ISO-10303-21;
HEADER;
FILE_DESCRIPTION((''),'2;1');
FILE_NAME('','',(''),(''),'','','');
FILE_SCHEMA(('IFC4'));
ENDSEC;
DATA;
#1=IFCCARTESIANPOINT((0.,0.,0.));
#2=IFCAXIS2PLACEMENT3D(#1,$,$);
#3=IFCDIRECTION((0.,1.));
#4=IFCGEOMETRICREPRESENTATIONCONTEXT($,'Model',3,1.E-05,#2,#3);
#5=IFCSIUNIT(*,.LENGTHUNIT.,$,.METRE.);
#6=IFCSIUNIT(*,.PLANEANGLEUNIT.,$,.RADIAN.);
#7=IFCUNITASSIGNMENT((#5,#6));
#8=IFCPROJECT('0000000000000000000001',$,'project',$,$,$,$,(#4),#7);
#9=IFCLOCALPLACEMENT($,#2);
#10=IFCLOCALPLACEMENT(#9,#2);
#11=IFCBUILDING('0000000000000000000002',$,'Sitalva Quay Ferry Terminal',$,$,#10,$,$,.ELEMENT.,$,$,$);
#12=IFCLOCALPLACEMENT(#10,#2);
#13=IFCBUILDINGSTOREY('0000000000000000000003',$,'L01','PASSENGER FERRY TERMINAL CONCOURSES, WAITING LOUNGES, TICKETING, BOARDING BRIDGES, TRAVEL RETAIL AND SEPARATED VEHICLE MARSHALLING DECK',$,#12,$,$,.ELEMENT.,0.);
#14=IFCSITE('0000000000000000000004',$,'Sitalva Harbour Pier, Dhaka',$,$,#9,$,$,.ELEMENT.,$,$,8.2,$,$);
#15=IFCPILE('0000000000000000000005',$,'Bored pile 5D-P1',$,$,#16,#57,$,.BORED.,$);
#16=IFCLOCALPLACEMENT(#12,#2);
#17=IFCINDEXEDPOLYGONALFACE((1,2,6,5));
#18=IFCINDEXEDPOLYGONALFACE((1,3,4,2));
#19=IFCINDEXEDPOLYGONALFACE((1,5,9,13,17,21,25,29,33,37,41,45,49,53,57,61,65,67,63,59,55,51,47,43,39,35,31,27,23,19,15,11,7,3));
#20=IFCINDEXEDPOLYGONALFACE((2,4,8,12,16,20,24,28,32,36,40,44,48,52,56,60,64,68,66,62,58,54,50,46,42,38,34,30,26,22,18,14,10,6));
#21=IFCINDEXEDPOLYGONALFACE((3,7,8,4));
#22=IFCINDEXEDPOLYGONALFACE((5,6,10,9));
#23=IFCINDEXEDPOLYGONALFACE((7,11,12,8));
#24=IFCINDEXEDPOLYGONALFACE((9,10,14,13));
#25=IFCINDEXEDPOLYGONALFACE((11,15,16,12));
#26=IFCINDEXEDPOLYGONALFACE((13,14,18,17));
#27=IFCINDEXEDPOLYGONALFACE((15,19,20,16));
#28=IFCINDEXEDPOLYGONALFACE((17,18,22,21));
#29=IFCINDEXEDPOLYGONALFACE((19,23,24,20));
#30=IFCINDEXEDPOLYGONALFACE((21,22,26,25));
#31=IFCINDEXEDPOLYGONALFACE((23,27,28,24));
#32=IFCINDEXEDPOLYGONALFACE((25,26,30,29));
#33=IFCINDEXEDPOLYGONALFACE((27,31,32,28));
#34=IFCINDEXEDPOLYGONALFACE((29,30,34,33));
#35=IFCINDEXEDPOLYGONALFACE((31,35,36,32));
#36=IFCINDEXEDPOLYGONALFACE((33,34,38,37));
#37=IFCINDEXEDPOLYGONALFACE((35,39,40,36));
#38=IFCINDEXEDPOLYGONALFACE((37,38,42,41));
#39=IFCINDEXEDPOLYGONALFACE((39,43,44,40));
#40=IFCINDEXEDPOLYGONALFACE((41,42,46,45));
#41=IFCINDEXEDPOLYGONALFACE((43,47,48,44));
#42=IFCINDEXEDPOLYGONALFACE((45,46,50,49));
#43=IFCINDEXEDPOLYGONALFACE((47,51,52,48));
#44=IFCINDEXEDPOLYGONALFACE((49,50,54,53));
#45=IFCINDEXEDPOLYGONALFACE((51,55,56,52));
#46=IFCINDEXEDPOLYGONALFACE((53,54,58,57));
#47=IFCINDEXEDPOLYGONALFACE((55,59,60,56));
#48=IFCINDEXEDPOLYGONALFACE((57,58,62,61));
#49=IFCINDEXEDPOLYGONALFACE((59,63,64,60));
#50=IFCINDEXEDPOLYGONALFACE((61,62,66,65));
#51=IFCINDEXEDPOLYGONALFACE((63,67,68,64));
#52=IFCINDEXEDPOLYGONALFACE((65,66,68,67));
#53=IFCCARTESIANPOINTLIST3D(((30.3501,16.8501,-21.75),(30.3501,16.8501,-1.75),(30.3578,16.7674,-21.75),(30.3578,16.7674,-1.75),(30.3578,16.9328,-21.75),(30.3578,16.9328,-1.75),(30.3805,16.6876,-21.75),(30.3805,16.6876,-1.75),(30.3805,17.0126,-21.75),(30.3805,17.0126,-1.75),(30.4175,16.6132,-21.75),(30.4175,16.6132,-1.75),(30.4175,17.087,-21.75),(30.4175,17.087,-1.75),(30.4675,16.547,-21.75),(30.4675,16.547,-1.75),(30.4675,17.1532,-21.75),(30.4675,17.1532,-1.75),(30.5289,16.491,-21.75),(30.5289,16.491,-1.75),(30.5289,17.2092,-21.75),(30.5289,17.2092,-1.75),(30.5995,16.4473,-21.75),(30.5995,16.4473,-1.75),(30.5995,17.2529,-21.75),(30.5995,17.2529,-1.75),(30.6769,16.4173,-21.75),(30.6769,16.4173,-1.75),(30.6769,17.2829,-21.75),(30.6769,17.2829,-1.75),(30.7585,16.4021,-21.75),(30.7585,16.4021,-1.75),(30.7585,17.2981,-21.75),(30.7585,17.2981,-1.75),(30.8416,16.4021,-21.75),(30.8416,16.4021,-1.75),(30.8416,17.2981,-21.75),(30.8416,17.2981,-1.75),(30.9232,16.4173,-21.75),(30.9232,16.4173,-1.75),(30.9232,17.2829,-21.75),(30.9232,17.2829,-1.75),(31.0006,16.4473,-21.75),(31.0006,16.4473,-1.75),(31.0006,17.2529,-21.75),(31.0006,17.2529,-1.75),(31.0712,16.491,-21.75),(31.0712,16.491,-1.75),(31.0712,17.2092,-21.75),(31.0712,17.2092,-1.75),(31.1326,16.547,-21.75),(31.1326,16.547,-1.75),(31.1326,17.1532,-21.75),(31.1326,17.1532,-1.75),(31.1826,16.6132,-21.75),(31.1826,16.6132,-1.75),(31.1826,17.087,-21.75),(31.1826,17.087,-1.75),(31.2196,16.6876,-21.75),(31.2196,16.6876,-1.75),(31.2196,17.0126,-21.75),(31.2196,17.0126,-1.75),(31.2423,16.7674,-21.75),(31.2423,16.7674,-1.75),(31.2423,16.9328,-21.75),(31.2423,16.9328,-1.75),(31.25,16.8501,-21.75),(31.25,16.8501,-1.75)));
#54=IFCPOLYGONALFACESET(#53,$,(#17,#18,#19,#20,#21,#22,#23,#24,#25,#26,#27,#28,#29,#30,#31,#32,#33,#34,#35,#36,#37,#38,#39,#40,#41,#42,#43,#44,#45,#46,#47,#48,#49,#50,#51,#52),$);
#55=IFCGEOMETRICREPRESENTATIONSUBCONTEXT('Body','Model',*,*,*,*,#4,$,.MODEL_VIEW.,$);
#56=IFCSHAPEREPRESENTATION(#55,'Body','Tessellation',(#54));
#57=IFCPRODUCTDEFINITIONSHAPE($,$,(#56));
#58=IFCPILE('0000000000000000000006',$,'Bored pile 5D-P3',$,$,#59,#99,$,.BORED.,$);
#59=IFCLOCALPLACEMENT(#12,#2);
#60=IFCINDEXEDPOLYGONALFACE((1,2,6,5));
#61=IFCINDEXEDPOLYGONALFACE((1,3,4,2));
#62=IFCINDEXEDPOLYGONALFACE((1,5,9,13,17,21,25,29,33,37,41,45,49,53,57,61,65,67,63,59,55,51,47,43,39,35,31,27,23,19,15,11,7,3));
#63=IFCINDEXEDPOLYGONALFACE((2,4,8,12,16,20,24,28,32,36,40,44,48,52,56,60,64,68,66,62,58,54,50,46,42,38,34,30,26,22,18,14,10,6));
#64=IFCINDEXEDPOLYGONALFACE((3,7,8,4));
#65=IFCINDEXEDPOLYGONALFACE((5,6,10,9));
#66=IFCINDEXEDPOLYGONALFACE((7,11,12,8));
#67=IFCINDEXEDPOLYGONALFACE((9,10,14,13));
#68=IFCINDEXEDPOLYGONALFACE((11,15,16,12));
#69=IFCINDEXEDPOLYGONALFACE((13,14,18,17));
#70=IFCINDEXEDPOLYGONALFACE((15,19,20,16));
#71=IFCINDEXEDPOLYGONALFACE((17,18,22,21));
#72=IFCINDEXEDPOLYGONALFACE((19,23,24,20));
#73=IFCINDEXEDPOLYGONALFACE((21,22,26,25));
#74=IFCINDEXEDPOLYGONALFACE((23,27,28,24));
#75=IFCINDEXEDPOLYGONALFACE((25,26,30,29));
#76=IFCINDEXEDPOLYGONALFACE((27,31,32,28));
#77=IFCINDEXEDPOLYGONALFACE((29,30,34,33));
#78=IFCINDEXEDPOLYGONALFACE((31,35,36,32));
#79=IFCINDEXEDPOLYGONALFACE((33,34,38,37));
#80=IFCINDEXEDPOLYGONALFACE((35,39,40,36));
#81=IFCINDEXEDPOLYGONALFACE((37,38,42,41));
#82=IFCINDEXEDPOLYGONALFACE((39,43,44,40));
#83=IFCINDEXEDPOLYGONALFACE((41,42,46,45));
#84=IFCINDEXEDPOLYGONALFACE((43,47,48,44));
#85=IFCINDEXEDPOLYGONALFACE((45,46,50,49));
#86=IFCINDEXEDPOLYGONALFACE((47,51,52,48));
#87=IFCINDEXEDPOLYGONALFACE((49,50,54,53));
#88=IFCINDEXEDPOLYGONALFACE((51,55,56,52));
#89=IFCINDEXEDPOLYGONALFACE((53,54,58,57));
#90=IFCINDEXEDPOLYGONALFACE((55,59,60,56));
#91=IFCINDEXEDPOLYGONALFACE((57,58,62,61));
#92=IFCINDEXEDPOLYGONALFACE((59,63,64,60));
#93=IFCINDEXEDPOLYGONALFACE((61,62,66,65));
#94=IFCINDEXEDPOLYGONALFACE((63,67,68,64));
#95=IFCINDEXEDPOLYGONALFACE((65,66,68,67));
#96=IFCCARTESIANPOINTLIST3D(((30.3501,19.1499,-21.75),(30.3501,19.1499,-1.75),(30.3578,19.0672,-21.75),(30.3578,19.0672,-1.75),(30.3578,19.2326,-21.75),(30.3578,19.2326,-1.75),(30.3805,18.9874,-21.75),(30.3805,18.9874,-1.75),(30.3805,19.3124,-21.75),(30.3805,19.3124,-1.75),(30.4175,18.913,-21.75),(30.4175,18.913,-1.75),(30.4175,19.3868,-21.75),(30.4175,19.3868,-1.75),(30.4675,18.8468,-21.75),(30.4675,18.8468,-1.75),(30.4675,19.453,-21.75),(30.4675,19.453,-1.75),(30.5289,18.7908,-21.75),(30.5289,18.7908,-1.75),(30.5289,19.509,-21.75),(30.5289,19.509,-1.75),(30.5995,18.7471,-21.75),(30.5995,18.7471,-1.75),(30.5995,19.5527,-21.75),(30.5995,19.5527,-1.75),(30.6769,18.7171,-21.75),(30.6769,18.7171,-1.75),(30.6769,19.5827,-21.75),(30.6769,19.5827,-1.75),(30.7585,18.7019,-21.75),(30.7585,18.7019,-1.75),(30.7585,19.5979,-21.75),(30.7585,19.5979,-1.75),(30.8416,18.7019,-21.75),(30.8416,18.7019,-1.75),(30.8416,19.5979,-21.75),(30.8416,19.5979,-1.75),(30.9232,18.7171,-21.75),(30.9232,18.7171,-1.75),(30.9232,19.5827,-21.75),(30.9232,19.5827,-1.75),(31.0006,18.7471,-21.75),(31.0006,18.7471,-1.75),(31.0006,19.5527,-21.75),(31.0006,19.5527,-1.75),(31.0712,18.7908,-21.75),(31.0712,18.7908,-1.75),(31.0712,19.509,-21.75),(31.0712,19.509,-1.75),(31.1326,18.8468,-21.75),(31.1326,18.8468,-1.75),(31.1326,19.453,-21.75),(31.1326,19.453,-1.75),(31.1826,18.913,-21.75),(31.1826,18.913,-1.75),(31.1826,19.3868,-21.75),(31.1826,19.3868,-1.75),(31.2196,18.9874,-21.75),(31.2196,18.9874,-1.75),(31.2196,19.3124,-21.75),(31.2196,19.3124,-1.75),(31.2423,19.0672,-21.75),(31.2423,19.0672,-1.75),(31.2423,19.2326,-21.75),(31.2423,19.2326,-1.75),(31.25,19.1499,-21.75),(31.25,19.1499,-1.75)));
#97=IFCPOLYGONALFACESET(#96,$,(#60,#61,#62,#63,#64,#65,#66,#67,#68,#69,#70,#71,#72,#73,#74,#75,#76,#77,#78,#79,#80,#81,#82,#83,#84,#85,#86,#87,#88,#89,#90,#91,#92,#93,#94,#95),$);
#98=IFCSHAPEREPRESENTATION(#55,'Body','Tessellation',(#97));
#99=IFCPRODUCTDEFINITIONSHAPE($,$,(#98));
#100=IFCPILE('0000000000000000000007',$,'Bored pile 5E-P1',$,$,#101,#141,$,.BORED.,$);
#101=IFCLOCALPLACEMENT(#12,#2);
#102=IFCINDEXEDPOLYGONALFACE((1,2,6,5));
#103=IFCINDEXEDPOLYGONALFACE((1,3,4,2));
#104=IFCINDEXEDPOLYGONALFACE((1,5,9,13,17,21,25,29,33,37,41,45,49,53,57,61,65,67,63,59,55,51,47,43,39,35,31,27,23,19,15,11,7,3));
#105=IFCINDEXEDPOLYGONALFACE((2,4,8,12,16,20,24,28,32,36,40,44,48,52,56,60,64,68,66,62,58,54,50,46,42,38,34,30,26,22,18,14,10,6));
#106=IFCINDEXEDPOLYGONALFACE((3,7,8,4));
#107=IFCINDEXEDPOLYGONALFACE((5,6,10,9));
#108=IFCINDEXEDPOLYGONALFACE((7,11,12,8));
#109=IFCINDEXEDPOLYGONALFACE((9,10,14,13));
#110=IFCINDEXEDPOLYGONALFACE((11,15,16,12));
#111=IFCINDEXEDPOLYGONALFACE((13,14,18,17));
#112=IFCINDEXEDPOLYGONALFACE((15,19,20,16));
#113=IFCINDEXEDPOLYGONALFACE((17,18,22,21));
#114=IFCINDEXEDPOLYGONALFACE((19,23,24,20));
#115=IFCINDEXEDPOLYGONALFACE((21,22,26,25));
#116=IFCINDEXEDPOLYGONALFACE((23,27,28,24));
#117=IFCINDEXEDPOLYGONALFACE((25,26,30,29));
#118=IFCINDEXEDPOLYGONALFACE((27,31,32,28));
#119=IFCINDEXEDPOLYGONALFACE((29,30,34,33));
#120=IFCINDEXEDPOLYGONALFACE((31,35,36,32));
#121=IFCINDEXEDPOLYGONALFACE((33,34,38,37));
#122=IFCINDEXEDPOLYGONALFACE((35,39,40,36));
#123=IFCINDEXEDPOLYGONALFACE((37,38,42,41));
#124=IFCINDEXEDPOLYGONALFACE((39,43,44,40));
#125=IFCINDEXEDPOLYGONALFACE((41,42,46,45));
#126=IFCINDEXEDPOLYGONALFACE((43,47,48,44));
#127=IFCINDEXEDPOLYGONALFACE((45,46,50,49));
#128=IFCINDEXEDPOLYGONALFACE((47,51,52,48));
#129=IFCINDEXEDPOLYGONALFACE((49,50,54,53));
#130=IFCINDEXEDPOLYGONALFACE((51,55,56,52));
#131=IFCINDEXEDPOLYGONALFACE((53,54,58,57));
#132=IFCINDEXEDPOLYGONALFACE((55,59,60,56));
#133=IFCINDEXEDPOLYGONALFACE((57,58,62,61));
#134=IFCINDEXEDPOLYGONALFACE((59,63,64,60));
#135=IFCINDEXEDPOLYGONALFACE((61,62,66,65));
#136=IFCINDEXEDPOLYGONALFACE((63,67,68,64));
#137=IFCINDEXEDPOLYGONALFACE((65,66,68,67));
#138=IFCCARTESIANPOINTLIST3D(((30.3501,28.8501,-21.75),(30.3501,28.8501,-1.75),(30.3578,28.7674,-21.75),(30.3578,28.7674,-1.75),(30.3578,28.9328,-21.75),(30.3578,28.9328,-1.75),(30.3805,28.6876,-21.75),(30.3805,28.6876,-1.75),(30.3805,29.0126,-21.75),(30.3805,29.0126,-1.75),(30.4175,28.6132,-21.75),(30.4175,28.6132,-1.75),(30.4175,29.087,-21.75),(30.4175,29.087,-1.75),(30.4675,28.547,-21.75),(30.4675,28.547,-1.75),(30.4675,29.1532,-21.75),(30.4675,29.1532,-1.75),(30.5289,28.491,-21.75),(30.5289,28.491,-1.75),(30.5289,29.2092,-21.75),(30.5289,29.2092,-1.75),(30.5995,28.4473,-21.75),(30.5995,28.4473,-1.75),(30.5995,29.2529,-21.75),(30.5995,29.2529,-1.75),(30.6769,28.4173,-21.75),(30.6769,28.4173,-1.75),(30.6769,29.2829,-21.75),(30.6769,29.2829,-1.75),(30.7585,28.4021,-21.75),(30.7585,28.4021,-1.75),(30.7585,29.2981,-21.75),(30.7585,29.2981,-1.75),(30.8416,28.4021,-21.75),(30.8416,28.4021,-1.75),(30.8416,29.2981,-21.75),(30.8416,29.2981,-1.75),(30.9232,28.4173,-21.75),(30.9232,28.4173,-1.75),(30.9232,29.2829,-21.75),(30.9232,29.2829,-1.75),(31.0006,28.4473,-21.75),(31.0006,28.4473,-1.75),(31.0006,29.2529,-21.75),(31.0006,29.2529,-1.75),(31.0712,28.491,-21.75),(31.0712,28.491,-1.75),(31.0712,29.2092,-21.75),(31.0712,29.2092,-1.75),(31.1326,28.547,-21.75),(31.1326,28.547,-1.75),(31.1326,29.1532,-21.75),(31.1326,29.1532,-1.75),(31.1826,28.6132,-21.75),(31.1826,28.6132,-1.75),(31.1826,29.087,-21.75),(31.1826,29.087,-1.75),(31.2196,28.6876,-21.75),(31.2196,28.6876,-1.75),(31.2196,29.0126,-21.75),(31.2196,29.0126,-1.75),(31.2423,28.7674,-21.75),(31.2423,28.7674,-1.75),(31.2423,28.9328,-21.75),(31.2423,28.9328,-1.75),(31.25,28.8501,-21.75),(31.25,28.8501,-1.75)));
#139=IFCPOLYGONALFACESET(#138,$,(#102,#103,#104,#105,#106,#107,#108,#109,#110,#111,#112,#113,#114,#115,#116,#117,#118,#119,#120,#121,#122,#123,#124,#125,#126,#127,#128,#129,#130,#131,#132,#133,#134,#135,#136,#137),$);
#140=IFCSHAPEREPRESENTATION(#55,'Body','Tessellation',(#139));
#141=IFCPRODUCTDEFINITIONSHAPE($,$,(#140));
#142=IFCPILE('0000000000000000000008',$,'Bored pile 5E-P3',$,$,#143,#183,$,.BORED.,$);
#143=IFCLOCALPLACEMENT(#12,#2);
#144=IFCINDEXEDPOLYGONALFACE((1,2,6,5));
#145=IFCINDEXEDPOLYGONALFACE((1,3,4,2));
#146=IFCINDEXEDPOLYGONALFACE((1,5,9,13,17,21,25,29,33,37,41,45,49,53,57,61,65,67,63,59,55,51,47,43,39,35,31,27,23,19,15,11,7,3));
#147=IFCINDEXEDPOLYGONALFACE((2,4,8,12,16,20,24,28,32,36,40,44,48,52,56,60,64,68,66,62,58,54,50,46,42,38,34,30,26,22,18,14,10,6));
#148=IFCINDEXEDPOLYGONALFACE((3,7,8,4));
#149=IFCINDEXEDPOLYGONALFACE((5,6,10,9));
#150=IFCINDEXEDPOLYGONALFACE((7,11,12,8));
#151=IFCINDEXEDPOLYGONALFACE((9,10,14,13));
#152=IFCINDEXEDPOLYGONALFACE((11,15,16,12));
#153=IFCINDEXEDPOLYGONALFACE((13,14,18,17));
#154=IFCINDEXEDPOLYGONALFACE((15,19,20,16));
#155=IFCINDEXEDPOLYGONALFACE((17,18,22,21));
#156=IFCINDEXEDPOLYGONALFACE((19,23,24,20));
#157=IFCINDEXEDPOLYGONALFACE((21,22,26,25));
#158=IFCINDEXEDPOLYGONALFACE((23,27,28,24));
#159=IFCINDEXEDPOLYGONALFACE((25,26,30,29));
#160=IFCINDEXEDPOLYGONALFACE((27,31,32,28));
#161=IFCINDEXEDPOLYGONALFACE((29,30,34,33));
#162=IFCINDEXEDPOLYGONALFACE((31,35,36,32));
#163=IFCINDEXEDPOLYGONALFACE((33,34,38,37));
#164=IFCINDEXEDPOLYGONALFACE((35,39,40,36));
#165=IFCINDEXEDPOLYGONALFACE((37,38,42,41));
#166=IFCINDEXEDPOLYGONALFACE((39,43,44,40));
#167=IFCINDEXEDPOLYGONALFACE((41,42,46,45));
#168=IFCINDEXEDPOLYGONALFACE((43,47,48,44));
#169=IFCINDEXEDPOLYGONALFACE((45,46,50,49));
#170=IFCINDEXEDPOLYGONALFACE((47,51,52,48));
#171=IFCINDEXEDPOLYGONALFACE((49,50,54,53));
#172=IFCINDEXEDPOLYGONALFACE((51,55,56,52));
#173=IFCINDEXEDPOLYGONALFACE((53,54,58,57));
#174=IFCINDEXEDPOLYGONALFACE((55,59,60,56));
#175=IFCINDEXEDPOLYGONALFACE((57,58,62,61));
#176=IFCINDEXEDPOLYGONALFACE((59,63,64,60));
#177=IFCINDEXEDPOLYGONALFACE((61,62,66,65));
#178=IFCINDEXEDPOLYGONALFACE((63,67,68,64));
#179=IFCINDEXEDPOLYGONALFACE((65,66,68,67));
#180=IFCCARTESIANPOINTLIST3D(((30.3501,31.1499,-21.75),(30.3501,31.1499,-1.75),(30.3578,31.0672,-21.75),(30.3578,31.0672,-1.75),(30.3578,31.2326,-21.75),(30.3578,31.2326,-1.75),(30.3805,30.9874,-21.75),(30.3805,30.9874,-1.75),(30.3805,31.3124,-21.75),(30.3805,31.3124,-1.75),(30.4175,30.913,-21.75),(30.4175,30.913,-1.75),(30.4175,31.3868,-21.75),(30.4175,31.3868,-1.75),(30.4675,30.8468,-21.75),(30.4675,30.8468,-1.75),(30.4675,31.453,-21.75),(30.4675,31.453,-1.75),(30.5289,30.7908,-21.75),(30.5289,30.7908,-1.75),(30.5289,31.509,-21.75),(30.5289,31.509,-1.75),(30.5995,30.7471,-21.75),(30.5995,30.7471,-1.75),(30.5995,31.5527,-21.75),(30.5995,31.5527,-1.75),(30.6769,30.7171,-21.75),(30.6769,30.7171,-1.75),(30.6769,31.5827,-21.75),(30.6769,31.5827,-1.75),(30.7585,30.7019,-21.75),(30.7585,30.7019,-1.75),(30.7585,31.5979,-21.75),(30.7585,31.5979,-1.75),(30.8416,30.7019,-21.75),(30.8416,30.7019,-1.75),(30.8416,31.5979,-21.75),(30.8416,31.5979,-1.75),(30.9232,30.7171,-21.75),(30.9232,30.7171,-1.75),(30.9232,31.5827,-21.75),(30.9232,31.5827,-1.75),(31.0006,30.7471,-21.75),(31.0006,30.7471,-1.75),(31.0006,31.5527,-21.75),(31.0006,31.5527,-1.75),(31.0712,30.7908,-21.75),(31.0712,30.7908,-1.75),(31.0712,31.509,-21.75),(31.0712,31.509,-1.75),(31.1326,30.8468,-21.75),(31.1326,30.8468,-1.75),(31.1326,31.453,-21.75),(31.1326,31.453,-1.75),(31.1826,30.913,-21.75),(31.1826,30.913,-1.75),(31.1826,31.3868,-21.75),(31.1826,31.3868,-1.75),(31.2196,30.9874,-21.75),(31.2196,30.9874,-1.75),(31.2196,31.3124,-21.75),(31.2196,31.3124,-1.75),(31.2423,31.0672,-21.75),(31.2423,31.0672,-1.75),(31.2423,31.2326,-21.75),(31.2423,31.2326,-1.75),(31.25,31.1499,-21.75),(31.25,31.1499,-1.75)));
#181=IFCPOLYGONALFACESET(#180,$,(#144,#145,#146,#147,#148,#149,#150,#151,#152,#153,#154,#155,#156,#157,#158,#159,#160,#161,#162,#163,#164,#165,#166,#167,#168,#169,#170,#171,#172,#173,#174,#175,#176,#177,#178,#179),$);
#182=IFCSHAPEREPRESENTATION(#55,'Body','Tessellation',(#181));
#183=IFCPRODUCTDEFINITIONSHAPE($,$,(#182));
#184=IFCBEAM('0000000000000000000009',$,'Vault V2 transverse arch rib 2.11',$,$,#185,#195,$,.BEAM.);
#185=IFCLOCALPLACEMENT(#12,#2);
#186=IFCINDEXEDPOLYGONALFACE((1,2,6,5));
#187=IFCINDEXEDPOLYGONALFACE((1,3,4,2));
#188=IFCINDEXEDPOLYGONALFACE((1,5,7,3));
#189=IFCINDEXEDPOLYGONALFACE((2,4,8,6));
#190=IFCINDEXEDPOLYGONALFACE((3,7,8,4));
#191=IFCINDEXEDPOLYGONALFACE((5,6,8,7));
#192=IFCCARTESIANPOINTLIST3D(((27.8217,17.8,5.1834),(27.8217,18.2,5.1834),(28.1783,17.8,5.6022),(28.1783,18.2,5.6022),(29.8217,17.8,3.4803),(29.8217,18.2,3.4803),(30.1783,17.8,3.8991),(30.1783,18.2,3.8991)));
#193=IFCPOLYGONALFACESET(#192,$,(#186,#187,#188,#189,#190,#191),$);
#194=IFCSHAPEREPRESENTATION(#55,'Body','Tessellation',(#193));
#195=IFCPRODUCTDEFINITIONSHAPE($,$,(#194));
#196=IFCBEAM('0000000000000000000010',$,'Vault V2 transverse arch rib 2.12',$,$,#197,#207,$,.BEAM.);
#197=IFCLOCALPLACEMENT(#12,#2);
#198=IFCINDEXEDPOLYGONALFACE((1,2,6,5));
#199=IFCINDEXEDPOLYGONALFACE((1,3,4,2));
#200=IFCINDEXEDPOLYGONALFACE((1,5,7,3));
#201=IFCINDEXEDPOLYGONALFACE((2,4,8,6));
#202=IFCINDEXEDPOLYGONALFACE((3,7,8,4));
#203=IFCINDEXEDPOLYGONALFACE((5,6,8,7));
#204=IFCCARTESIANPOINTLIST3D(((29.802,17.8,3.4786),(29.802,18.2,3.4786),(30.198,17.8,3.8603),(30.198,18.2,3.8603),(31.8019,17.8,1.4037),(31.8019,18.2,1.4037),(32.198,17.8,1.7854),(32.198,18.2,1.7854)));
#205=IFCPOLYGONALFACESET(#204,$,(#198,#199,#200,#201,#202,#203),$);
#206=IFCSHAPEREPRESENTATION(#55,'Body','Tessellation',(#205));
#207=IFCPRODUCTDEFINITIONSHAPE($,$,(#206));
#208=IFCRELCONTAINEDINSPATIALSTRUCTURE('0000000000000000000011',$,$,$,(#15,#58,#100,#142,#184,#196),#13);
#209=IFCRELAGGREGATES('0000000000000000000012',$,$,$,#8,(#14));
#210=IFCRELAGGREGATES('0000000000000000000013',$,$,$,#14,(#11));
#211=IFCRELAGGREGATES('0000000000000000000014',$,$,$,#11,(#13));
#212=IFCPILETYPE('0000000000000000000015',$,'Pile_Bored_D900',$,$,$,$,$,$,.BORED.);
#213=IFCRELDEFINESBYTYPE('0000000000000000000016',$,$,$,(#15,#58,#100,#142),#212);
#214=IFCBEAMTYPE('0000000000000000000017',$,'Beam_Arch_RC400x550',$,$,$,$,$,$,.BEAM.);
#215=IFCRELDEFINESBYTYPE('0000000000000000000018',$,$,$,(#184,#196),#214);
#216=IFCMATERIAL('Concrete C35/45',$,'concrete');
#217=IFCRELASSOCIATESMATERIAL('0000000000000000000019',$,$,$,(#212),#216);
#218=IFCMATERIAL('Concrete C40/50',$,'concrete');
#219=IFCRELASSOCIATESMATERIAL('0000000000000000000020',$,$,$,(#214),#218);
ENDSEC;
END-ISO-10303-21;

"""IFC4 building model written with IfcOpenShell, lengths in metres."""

from ifc_helpers import new_model, si_unit, direction, frame, origin, origin_2d, place, context, subcontext, project, spatial, rectangle, circle, extrude, material, material_profile, profile_set, type_object, element, save


model = new_model("IFC4")

# Units and contexts
model_context = context("Model", 3, precision=1e-05, world=origin(), true_north=direction((0.0, 1.0)))
body_context = subcontext(model_context, "Body", "Model", "MODEL_VIEW")
ifc_project = project(units=[si_unit("LENGTHUNIT", "METRE"), si_unit("PLANEANGLEUNIT", "RADIAN")], contexts=[model_context])

# Site, building, storey
site_placement = place(None, origin())
site = spatial("IfcSite", under=ifc_project, at=site_placement, Name="Sitalva Harbour Pier, Dhaka", CompositionType="ELEMENT", RefElevation=8.2)
building_placement = place(site_placement, origin())
building = spatial("IfcBuilding", under=site, at=building_placement, Name="Sitalva Quay Ferry Terminal", CompositionType="ELEMENT")
storey_placement = place(building_placement, origin())
storey = spatial("IfcBuildingStorey", under=building, at=storey_placement, Name="L01", Description="PASSENGER FERRY TERMINAL CONCOURSES, WAITING LOUNGES, TICKETING, BOARDING BRIDGES, TRAVEL RETAIL AND SEPARATED VEHICLE MARSHALLING DECK", CompositionType="ELEMENT", Elevation=0.0)

# Piles
ifc_material_1 = material(Name="Concrete C35/45", Category="concrete")
ifc_material_profile_1 = material_profile(ifc_material_1, circle(Radius=0.45, at=origin_2d()), Name="PILE-D900")
ifc_profile_set_1 = profile_set([ifc_material_profile_1], Name="Concrete C35/45")
pile_type = type_object("IfcPileType", Name="Pile_Bored_D900", PredefinedType="BORED", material=ifc_profile_set_1)
for number, where, z_axis, x_axis, name in (
    (1, (30.8, 16.8501, -1.75), (0.0, 0.0, -1.0), (1.0, 0.0, 0.0), "Bored pile 5D-P1"),
    (2, (30.8, 19.1499, -1.75), (0.0, 0.0, -1.0), (1.0, 0.0, 0.0), "Bored pile 5D-P3"),
    (3, (30.8, 28.8501, -1.75), (0.0, 0.0, -1.0), (1.0, 0.0, 0.0), "Bored pile 5E-P1"),
    (4, (30.8, 31.1499, -1.75), (0.0, 0.0, -1.0), (1.0, 0.0, 0.0), "Bored pile 5E-P3"),
):
    element("IfcPile", number, at=place(storey_placement, frame(where, z_axis=z_axis, x_axis=x_axis)), inside=storey, type_object=pile_type, Name=name, PredefinedType="BORED", context=body_context, shape_type="SweptSolid", body=[
        extrude(circle(Radius=0.45, at=origin_2d()), origin(), (0.0, 0.0, 1.0), 20.0),
    ])

# Beams
ifc_material_2 = material(Name="Concrete C40/50", Category="concrete")
ifc_material_profile_2 = material_profile(ifc_material_2, rectangle(XDim=0.3999, YDim=0.55, at=origin_2d()), Name="RC400x550")
ifc_profile_set_2 = profile_set([ifc_material_profile_2], Name="Concrete C40/50")
beam_type_1 = type_object("IfcBeamType", Name="Beam_Arch_RC400x550", PredefinedType="BEAM", material=ifc_profile_set_2)
beam_1_placement = place(storey_placement, frame((28.0, 18.0, 5.3928), z_axis=(0.761352, 0.0, -0.648339), x_axis=(0.0, 1.0, 0.0)))
element("IfcBeam", 5, at=beam_1_placement, inside=storey, type_object=beam_type_1, Name="Vault V2 transverse arch rib 2.11", PredefinedType="BEAM", context=body_context, shape_type="SweptSolid", body=[
    extrude(rectangle(XDim=0.3999, YDim=0.55, at=origin_2d()), origin(), (0.0, 0.0, 1.0), 2.627),
])
beam_2_placement = place(storey_placement, frame((30.0, 18.0, 3.6694), z_axis=(0.693983, 0.0, -0.719991), x_axis=(0.0, 1.0, 0.0)))
element("IfcBeam", 6, at=beam_2_placement, inside=storey, type_object=beam_type_1, Name="Vault V2 transverse arch rib 2.12", PredefinedType="BEAM", context=body_context, shape_type="SweptSolid", body=[
    extrude(rectangle(XDim=0.3999, YDim=0.55, at=origin_2d()), origin(), (0.0, 0.0, 1.0), 2.8818),
])

save(model, "model.ifc")
